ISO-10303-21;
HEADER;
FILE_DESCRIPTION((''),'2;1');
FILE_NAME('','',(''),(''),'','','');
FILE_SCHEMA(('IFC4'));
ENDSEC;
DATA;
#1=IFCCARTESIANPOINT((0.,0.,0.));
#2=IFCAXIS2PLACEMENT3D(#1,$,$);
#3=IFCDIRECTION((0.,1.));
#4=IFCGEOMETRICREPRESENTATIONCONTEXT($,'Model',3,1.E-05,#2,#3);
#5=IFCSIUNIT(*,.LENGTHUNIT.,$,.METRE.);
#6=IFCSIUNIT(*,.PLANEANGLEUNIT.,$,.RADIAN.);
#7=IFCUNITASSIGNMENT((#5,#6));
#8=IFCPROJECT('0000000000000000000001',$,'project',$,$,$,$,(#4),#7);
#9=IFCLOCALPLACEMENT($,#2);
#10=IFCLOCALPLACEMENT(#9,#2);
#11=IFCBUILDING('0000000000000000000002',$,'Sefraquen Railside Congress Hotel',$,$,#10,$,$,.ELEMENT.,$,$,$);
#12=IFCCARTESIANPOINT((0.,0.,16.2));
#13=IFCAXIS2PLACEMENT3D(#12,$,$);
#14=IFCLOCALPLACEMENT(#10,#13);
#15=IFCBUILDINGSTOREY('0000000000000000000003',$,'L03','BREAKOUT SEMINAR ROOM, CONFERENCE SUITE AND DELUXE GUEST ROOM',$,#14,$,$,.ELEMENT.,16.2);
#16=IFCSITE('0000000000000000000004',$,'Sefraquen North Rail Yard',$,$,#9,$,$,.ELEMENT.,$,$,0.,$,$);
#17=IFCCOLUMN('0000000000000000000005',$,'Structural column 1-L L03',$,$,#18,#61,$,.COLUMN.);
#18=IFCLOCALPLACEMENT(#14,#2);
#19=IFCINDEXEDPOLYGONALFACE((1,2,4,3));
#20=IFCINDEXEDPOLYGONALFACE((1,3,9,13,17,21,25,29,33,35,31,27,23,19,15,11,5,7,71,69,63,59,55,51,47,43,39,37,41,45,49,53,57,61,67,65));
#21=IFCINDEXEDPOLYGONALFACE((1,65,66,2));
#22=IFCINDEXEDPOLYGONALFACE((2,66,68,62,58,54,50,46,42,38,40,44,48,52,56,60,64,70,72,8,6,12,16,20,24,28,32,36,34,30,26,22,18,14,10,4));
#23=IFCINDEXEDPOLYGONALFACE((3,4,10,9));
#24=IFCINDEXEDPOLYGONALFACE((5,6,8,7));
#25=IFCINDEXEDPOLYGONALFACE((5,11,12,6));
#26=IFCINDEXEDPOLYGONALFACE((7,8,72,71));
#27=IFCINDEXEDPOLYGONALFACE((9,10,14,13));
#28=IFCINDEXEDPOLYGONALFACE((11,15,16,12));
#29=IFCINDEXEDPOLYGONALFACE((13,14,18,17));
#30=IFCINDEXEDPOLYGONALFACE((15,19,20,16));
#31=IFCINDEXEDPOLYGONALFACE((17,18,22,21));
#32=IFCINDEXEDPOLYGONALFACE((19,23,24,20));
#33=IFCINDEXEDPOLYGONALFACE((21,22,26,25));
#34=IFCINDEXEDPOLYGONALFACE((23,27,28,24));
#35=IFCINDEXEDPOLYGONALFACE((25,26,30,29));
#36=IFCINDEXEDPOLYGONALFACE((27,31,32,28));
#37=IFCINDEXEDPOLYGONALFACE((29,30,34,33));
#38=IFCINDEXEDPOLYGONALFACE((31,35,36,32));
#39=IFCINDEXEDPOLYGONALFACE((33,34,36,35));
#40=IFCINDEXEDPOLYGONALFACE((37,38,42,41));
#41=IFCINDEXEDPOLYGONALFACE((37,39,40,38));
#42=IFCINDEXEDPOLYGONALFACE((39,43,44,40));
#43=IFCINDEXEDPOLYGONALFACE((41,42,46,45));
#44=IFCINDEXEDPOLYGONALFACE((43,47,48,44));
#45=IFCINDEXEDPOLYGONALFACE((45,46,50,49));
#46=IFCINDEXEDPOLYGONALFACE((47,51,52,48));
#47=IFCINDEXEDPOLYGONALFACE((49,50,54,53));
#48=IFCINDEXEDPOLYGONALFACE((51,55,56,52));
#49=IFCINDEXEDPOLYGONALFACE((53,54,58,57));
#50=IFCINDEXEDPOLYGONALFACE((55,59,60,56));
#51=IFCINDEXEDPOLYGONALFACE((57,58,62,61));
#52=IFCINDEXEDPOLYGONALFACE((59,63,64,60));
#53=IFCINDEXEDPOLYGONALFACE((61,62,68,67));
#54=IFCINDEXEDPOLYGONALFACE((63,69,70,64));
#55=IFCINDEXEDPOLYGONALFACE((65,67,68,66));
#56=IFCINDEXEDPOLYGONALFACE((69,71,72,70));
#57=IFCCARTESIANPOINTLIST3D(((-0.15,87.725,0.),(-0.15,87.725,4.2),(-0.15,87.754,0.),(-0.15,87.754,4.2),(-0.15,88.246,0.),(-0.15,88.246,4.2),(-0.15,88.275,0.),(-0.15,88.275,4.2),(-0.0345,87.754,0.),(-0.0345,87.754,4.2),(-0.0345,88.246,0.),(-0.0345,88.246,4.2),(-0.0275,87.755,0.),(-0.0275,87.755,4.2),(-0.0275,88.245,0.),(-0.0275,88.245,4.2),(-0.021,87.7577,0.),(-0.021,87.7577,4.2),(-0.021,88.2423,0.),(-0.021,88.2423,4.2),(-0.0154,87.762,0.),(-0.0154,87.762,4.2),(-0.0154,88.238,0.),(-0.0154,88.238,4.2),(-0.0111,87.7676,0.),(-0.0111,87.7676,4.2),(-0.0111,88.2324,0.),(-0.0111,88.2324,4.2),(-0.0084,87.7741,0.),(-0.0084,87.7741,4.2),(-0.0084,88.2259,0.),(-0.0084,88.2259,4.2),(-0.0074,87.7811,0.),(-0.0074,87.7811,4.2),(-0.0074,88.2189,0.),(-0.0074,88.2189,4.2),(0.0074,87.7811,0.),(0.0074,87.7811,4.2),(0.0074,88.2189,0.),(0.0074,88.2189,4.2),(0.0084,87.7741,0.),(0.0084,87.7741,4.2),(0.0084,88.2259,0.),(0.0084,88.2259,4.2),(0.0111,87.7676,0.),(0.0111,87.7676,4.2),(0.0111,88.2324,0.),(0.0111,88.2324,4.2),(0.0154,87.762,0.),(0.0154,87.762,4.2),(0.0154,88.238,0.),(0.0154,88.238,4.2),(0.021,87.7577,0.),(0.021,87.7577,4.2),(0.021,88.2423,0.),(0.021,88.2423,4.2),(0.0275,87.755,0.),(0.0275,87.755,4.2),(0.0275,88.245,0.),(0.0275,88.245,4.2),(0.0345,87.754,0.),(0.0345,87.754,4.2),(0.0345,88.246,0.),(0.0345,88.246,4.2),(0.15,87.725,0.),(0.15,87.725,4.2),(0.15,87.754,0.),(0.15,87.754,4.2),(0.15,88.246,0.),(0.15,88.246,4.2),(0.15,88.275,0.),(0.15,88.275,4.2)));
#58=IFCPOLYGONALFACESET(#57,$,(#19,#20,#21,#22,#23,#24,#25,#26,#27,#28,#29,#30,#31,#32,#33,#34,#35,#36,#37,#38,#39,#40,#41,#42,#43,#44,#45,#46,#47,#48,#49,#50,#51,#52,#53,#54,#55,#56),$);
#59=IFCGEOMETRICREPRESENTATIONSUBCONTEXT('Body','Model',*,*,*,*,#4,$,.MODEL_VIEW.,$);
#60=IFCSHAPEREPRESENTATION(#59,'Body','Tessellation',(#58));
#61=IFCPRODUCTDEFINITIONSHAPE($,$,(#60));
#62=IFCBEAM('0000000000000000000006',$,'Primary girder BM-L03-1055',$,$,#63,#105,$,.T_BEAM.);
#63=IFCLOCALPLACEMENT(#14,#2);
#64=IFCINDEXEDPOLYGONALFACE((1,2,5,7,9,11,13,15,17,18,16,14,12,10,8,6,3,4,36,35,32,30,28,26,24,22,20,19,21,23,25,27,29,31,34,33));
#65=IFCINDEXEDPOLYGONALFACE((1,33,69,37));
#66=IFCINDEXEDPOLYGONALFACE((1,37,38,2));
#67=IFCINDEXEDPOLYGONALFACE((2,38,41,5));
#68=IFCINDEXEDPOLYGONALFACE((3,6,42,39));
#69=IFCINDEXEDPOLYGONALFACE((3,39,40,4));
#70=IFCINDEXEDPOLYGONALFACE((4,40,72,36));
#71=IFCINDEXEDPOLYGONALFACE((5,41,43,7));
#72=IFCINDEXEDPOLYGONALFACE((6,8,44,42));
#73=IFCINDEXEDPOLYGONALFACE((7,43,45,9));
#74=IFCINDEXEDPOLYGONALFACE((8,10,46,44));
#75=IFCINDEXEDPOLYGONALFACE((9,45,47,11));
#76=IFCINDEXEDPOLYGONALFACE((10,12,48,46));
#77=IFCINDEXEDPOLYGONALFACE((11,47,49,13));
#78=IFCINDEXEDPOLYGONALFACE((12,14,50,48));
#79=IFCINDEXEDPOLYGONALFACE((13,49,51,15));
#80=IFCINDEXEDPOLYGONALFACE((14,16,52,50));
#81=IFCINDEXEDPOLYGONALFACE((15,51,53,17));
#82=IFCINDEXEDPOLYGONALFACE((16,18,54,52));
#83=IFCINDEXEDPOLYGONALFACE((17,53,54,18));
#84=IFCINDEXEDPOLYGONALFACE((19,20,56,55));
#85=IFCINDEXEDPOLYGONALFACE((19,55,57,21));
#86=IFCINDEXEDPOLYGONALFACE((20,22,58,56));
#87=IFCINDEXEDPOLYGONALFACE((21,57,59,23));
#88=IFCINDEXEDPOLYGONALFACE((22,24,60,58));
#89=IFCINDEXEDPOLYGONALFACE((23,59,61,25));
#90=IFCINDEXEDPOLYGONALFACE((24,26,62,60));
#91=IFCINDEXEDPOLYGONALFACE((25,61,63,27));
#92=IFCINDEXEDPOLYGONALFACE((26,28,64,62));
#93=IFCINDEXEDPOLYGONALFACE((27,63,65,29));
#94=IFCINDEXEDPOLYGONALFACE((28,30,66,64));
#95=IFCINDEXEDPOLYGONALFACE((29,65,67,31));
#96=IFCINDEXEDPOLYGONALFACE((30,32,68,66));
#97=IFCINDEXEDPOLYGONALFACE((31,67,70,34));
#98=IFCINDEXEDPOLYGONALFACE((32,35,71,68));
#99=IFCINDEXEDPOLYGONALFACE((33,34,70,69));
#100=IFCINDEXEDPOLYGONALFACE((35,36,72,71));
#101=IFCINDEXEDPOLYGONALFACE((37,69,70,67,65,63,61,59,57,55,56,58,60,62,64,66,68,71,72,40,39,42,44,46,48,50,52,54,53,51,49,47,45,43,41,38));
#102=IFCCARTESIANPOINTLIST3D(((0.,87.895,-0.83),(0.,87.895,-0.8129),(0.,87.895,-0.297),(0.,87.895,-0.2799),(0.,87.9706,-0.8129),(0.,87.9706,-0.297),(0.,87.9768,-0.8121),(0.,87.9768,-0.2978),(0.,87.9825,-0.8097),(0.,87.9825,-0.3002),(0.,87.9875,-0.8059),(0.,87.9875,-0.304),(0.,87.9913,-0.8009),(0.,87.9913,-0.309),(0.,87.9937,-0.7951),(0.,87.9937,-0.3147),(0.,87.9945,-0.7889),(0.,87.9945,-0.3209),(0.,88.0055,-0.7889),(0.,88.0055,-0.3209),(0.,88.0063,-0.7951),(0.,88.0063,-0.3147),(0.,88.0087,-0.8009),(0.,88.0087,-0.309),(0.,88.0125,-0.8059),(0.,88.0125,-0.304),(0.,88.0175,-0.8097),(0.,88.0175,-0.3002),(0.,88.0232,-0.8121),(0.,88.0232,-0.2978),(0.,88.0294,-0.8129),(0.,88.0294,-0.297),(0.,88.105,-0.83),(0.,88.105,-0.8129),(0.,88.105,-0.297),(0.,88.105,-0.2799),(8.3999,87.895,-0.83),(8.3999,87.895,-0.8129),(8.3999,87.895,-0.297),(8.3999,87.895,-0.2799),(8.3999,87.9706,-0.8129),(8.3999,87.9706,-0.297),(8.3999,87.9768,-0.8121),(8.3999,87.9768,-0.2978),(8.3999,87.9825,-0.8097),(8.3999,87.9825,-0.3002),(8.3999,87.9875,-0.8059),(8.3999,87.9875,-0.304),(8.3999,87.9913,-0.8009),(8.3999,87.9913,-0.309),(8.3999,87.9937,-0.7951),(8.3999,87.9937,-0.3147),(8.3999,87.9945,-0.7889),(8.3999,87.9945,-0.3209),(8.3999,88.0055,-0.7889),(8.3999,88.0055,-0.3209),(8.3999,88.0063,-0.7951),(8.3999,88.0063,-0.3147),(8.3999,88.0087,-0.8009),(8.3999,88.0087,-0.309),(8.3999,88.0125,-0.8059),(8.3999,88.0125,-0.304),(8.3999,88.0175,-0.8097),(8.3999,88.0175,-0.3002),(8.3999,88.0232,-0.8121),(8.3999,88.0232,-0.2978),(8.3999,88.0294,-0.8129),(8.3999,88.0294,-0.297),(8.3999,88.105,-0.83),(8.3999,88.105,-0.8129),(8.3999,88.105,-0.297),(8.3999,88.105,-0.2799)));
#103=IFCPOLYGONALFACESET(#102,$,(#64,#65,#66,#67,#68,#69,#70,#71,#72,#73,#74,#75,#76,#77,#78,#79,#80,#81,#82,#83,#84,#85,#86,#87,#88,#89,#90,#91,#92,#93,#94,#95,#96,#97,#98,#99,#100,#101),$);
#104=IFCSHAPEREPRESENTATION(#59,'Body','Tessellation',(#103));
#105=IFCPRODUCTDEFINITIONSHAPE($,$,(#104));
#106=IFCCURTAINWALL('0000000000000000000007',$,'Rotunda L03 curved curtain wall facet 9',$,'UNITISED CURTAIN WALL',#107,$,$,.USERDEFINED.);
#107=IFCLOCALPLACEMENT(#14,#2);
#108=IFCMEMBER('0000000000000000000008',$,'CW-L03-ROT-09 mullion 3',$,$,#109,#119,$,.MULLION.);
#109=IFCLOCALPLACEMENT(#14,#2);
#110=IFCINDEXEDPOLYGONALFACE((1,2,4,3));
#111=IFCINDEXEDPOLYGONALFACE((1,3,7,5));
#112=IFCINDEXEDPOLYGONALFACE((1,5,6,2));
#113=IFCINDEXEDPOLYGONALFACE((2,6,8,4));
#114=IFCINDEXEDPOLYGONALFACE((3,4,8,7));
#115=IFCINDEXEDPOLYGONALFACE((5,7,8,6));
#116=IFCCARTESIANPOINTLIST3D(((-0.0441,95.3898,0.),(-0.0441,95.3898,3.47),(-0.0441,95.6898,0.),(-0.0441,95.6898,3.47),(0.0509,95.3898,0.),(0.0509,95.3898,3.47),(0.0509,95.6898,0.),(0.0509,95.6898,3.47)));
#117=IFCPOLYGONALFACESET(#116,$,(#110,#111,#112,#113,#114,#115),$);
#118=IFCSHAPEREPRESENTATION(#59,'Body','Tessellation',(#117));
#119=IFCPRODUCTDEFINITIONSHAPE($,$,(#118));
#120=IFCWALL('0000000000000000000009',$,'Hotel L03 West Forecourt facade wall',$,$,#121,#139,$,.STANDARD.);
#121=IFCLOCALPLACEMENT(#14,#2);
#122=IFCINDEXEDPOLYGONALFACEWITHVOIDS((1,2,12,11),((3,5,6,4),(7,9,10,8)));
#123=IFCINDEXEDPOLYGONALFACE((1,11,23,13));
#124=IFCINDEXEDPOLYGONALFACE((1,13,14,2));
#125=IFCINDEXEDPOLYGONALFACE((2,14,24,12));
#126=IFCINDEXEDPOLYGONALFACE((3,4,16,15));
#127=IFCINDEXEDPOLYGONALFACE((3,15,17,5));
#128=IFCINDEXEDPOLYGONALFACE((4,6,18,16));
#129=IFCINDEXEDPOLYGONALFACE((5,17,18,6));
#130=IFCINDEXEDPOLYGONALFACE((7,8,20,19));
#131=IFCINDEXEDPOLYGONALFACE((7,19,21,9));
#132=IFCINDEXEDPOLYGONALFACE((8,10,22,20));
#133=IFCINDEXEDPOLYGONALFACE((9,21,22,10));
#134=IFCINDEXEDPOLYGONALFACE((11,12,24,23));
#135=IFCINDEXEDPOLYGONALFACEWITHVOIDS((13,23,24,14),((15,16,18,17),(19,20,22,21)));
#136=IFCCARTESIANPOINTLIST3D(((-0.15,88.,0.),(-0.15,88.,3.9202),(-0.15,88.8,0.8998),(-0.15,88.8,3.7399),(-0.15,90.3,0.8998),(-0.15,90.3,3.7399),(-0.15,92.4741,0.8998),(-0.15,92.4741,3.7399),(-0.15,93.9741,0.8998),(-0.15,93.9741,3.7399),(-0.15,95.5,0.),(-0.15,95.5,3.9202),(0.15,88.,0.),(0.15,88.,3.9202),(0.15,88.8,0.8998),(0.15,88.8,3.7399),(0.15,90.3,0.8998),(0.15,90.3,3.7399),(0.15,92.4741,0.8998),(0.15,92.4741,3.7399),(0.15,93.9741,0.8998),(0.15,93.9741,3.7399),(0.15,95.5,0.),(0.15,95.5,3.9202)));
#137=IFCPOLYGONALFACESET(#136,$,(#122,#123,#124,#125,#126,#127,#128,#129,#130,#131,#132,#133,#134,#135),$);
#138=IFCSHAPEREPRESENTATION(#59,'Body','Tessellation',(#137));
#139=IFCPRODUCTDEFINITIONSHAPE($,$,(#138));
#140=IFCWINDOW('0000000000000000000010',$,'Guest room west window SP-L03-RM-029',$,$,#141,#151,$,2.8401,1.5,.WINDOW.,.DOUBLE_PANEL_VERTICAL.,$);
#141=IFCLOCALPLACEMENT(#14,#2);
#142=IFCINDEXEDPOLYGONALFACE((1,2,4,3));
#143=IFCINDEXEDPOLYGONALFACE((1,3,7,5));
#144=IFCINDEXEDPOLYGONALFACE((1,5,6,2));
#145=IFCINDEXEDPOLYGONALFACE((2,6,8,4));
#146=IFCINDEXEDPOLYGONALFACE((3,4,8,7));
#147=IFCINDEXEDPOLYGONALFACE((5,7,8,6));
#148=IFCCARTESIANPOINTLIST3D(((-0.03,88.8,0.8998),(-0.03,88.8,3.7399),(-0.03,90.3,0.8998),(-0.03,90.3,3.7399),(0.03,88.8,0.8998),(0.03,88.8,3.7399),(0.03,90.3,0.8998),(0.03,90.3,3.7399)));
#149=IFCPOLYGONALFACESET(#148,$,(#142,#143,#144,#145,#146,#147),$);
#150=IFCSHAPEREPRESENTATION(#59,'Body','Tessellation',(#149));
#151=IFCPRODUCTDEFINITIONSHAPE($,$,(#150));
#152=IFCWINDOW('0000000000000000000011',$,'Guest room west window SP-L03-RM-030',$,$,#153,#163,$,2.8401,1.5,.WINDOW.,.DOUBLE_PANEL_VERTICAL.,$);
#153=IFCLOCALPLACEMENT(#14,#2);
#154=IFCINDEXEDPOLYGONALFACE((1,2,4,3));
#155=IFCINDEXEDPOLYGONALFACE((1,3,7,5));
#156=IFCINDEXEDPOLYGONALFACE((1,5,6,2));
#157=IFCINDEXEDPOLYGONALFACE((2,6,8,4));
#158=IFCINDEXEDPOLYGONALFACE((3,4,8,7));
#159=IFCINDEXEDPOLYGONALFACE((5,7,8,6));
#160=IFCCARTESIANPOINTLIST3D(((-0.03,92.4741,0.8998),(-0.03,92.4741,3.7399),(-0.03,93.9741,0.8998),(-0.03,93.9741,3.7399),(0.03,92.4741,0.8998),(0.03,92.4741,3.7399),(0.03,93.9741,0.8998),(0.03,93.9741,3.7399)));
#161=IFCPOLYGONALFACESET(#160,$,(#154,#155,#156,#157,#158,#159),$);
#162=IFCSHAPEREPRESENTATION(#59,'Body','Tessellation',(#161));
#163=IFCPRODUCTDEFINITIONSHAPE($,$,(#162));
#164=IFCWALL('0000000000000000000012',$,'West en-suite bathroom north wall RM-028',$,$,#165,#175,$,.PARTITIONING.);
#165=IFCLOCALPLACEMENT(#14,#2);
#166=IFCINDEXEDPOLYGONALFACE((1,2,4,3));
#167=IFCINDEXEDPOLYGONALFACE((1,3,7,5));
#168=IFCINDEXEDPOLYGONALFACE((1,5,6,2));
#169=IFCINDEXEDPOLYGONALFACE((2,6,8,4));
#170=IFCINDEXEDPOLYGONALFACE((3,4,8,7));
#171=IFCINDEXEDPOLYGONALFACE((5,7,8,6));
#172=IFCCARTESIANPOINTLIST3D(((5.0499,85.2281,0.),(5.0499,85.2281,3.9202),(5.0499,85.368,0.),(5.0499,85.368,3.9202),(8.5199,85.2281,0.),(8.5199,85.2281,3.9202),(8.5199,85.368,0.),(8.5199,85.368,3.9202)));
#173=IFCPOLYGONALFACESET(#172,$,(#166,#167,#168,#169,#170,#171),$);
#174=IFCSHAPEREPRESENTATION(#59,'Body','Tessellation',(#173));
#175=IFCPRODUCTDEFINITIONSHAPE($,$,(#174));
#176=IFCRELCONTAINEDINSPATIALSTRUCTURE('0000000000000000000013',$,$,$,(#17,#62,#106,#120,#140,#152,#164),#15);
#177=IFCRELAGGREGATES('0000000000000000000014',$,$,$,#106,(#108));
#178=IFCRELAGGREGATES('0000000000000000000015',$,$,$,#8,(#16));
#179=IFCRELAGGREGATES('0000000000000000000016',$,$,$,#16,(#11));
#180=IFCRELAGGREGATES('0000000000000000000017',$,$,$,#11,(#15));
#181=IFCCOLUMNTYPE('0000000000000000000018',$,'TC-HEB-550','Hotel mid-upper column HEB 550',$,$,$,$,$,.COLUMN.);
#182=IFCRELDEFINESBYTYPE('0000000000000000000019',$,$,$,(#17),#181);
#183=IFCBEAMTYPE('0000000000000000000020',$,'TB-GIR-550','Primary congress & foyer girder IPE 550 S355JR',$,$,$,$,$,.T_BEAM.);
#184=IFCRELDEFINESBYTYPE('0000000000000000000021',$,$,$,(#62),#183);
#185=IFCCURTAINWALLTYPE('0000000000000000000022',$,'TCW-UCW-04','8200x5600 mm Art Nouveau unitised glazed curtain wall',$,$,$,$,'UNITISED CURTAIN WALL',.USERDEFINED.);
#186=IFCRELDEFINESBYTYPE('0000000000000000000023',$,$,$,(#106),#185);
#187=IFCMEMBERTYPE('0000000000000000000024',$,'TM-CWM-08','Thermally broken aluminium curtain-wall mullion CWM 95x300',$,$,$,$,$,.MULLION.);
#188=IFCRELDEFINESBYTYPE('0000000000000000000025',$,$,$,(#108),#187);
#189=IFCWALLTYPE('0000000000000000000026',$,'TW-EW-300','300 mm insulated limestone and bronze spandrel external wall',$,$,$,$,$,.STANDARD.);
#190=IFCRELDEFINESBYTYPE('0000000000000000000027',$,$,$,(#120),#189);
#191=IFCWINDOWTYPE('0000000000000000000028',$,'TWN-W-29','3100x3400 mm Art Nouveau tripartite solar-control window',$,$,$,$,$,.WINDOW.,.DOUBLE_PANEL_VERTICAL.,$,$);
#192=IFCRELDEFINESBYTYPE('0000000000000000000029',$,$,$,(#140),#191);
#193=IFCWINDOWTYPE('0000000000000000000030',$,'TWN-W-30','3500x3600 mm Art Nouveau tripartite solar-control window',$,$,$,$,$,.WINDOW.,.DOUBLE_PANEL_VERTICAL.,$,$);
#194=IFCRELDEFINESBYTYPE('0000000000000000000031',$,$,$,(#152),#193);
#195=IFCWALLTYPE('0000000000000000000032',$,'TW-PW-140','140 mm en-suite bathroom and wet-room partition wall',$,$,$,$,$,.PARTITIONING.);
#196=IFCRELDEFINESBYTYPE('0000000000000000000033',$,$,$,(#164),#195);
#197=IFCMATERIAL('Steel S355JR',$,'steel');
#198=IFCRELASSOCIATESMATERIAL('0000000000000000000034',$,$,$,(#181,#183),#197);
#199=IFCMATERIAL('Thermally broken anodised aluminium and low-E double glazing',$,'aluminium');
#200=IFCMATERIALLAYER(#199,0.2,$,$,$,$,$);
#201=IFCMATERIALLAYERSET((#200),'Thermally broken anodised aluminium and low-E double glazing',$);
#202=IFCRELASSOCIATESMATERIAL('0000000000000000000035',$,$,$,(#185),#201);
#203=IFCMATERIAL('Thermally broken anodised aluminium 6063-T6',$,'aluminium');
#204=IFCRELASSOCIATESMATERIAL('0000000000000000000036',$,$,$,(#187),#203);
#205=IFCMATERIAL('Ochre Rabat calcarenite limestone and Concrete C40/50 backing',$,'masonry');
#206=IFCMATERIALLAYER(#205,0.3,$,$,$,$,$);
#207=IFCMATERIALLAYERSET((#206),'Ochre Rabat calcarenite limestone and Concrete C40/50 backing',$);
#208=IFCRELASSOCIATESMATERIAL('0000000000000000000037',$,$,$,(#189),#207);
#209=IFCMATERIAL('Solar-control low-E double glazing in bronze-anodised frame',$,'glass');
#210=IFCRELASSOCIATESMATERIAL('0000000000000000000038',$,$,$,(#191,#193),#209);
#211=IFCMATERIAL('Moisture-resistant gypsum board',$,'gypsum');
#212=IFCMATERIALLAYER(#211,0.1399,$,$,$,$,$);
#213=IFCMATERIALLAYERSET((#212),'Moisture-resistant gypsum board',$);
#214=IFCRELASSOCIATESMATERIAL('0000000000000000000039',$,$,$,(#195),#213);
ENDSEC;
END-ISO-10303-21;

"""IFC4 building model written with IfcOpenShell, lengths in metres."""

from ifc_helpers import new_model, si_unit, direction, frame, frame_2d, origin, origin_2d, place, context, subcontext, project, spatial, rectangle, i_section, extrude, material, layer, layer_set, material_profile, profile_set, type_object, element, fill, aggregate, save


model = new_model("IFC4")

# Units and contexts
model_context = context("Model", 3, precision=1e-05, world=origin(), true_north=direction((0.0, 1.0)))
body_context = subcontext(model_context, "Body", "Model", "MODEL_VIEW")
ifc_project = project(units=[si_unit("LENGTHUNIT", "METRE"), si_unit("PLANEANGLEUNIT", "RADIAN")], contexts=[model_context])

# Site, building, storey
site_placement = place(None, origin())
site = spatial("IfcSite", under=ifc_project, at=site_placement, Name="Sefraquen North Rail Yard", CompositionType="ELEMENT", RefElevation=0.0)
building_placement = place(site_placement, origin())
building = spatial("IfcBuilding", under=site, at=building_placement, Name="Sefraquen Railside Congress Hotel", CompositionType="ELEMENT")
storey_placement = place(building_placement, frame((0.0, 0.0, 16.2)))
storey = spatial("IfcBuildingStorey", under=building, at=storey_placement, Name="L03", Description="BREAKOUT SEMINAR ROOM, CONFERENCE SUITE AND DELUXE GUEST ROOM", CompositionType="ELEMENT", Elevation=16.2)

# Column
ifc_material_1 = material(Name="Steel S355JR", Category="steel")
ifc_material_profile_1 = material_profile(ifc_material_1, i_section(OverallWidth=0.3, OverallDepth=0.55, WebThickness=0.0149, FlangeThickness=0.0291, FilletRadius=0.0271, at=origin_2d()), Name="HEB 550")
ifc_profile_set_1 = profile_set([ifc_material_profile_1], Name="Steel S355JR")
column_type = type_object("IfcColumnType", Name="TC-HEB-550", Description="Hotel mid-upper column HEB 550", PredefinedType="COLUMN", material=ifc_profile_set_1)
column_placement = place(storey_placement, frame((0.0, 88.0, 0.0), z_axis=(0.0, 0.0, 1.0), x_axis=(1.0, 0.0, 0.0)))
element("IfcColumn", 1, at=column_placement, inside=storey, type_object=column_type, Name="Structural column 1-L L03", PredefinedType="COLUMN", context=body_context, shape_type="SweptSolid", body=[
    extrude(i_section(OverallWidth=0.3, OverallDepth=0.55, WebThickness=0.0149, FlangeThickness=0.0291, FilletRadius=0.0271, at=origin_2d()), origin(), (0.0, 0.0, 1.0), 4.2),
])

# Beam
ifc_material_profile_2 = material_profile(ifc_material_1, i_section(OverallWidth=0.21, OverallDepth=0.55, WebThickness=0.011, FlangeThickness=0.0171, FilletRadius=0.0239, at=origin_2d()), Name="IPE 550")
ifc_profile_set_2 = profile_set([ifc_material_profile_2], Name="Steel S355JR")
beam_type = type_object("IfcBeamType", Name="TB-GIR-550", Description="Primary congress & foyer girder IPE 550 S355JR", PredefinedType="T_BEAM", material=ifc_profile_set_2)
beam_placement = place(storey_placement, frame((0.0, 88.0, -0.5549), z_axis=(1.0, 0.0, 0.0), x_axis=(0.0, 1.0, 0.0)))
element("IfcBeam", 2, at=beam_placement, inside=storey, type_object=beam_type, Name="Primary girder BM-L03-1055", PredefinedType="T_BEAM", context=body_context, shape_type="SweptSolid", body=[
    extrude(i_section(OverallWidth=0.21, OverallDepth=0.55, WebThickness=0.011, FlangeThickness=0.0171, FilletRadius=0.0239, at=origin_2d()), origin(), (0.0, 0.0, 1.0), 8.3999),
])

# Curtain wall, member
ifc_material_2 = material(Name="Thermally broken anodised aluminium and low-E double glazing", Category="aluminium")
ifc_layer_1 = layer(ifc_material_2, 0.2)
ifc_layer_set_1 = layer_set([ifc_layer_1], Name="Thermally broken anodised aluminium and low-E double glazing")
curtain_wall_type = type_object("IfcCurtainWallType", Name="TCW-UCW-04", Description="8200x5600 mm Art Nouveau unitised glazed curtain wall", ElementType="UNITISED CURTAIN WALL", PredefinedType="USERDEFINED", material=ifc_layer_set_1)
curtain_wall_placement = place(storey_placement, origin())
curtain_wall = element("IfcCurtainWall", 3, at=curtain_wall_placement, inside=storey, type_object=curtain_wall_type, Name="Rotunda L03 curved curtain wall facet 9", ObjectType="UNITISED CURTAIN WALL", PredefinedType="USERDEFINED")
ifc_material_3 = material(Name="Thermally broken anodised aluminium 6063-T6", Category="aluminium")
ifc_material_profile_3 = material_profile(ifc_material_3, rectangle(XDim=0.095, YDim=0.3, at=origin_2d()), Name="CWM 95x300")
ifc_profile_set_3 = profile_set([ifc_material_profile_3], Name="Thermally broken anodised aluminium 6063-T6")
member_type = type_object("IfcMemberType", Name="TM-CWM-08", Description="Thermally broken aluminium curtain-wall mullion CWM 95x300", PredefinedType="MULLION", material=ifc_profile_set_3)
member_placement = place(storey_placement, frame((0.0034, 95.5398, 0.0), z_axis=(0.0, 0.0, 1.0), x_axis=(1.0, 0.0, 0.0)))
member = element("IfcMember", 4, at=member_placement, type_object=member_type, Name="CW-L03-ROT-09 mullion 3", PredefinedType="MULLION", context=body_context, shape_type="SweptSolid", body=[
    extrude(rectangle(XDim=0.095, YDim=0.3, at=origin_2d()), origin(), (0.0, 0.0, 1.0), 3.47),
])
aggregate(curtain_wall, [member])

# Wall, openings, windows
ifc_material_4 = material(Name="Ochre Rabat calcarenite limestone and Concrete C40/50 backing", Category="masonry")
ifc_layer_2 = layer(ifc_material_4, 0.3)
ifc_layer_set_2 = layer_set([ifc_layer_2], Name="Ochre Rabat calcarenite limestone and Concrete C40/50 backing")
wall_type_1 = type_object("IfcWallType", Name="TW-EW-300", Description="300 mm insulated limestone and bronze spandrel external wall", PredefinedType="STANDARD", material=ifc_layer_set_2)
wall_1_placement = place(storey_placement, frame((0.0, 88.0, 0.0), z_axis=(0.0, 0.0, 1.0), x_axis=(0.0, 1.0, 0.0)))
wall_1 = element("IfcWall", 5, at=wall_1_placement, inside=storey, type_object=wall_type_1, Name="Hotel L03 West Forecourt facade wall", PredefinedType="STANDARD", context=body_context, shape_type="SweptSolid", body=[
    extrude(rectangle(XDim=7.5, YDim=0.3, at=frame_2d((3.75, 0.0))), origin(), (0.0, 0.0, 1.0), 3.9202),
])
opening_1_placement = place(wall_1_placement, frame((0.8, 0.0, 0.8999)))
opening_1 = element("IfcOpeningElement", 6, at=opening_1_placement, cuts=wall_1, PredefinedType="OPENING", context=body_context, shape_type="SweptSolid", body=[
    extrude(rectangle(XDim=1.5, YDim=2.8401, at=frame_2d((0.75, 1.4199))), frame((0.0, 0.1599, 0.0), z_axis=(0.0, -1.0, 0.0), x_axis=(1.0, 0.0, 0.0)), (0.0, 0.0, 1.0), 0.3201),
])
opening_2_placement = place(wall_1_placement, frame((4.4741, 0.0, 0.8999)))
opening_2 = element("IfcOpeningElement", 7, at=opening_2_placement, cuts=wall_1, PredefinedType="OPENING", context=body_context, shape_type="SweptSolid", body=[
    extrude(rectangle(XDim=1.5, YDim=2.8401, at=frame_2d((0.75, 1.4199))), frame((0.0, 0.1599, 0.0), z_axis=(0.0, -1.0, 0.0), x_axis=(1.0, 0.0, 0.0)), (0.0, 0.0, 1.0), 0.3201),
])
ifc_material_5 = material(Name="Solar-control low-E double glazing in bronze-anodised frame", Category="glass")
window_type_1 = type_object("IfcWindowType", Name="TWN-W-29", Description="3100x3400 mm Art Nouveau tripartite solar-control window", PartitioningType="DOUBLE_PANEL_VERTICAL", PredefinedType="WINDOW", material=ifc_material_5)
window_1_placement = place(opening_1_placement, origin())
window_1 = element("IfcWindow", 8, at=window_1_placement, inside=storey, type_object=window_type_1, Name="Guest room west window SP-L03-RM-029", OverallHeight=2.8401, OverallWidth=1.5, PartitioningType="DOUBLE_PANEL_VERTICAL", PredefinedType="WINDOW", context=body_context, shape_type="SweptSolid", body=[
    extrude(rectangle(XDim=1.5, YDim=2.8401, at=frame_2d((0.75, 1.4199))), frame((0.0, 0.03, 0.0), z_axis=(0.0, -1.0, 0.0), x_axis=(1.0, 0.0, 0.0)), (0.0, 0.0, 1.0), 0.0601),
])
fill(opening_1, window_1)
window_type_2 = type_object("IfcWindowType", Name="TWN-W-30", Description="3500x3600 mm Art Nouveau tripartite solar-control window", PartitioningType="DOUBLE_PANEL_VERTICAL", PredefinedType="WINDOW", material=ifc_material_5)
window_2_placement = place(opening_2_placement, origin())
window_2 = element("IfcWindow", 9, at=window_2_placement, inside=storey, type_object=window_type_2, Name="Guest room west window SP-L03-RM-030", OverallHeight=2.8401, OverallWidth=1.5, PartitioningType="DOUBLE_PANEL_VERTICAL", PredefinedType="WINDOW", context=body_context, shape_type="SweptSolid", body=[
    extrude(rectangle(XDim=1.5, YDim=2.8401, at=frame_2d((0.75, 1.4199))), frame((0.0, 0.03, 0.0), z_axis=(0.0, -1.0, 0.0), x_axis=(1.0, 0.0, 0.0)), (0.0, 0.0, 1.0), 0.0601),
])
fill(opening_2, window_2)

# Wall
ifc_material_6 = material(Name="Moisture-resistant gypsum board", Category="gypsum")
ifc_layer_3 = layer(ifc_material_6, 0.1399)
ifc_layer_set_3 = layer_set([ifc_layer_3], Name="Moisture-resistant gypsum board")
wall_type_2 = type_object("IfcWallType", Name="TW-PW-140", Description="140 mm en-suite bathroom and wet-room partition wall", PredefinedType="PARTITIONING", material=ifc_layer_set_3)
wall_2_placement = place(storey_placement, frame((5.05, 85.2981, 0.0), z_axis=(0.0, 0.0, 1.0), x_axis=(1.0, 0.0, 0.0)))
element("IfcWall", 10, at=wall_2_placement, inside=storey, type_object=wall_type_2, Name="West en-suite bathroom north wall RM-028", PredefinedType="PARTITIONING", context=body_context, shape_type="SweptSolid", body=[
    extrude(rectangle(XDim=3.47, YDim=0.1399, at=frame_2d((1.7349, 0.0))), origin(), (0.0, 0.0, 1.0), 3.9202),
])

save(model, "model.ifc")
